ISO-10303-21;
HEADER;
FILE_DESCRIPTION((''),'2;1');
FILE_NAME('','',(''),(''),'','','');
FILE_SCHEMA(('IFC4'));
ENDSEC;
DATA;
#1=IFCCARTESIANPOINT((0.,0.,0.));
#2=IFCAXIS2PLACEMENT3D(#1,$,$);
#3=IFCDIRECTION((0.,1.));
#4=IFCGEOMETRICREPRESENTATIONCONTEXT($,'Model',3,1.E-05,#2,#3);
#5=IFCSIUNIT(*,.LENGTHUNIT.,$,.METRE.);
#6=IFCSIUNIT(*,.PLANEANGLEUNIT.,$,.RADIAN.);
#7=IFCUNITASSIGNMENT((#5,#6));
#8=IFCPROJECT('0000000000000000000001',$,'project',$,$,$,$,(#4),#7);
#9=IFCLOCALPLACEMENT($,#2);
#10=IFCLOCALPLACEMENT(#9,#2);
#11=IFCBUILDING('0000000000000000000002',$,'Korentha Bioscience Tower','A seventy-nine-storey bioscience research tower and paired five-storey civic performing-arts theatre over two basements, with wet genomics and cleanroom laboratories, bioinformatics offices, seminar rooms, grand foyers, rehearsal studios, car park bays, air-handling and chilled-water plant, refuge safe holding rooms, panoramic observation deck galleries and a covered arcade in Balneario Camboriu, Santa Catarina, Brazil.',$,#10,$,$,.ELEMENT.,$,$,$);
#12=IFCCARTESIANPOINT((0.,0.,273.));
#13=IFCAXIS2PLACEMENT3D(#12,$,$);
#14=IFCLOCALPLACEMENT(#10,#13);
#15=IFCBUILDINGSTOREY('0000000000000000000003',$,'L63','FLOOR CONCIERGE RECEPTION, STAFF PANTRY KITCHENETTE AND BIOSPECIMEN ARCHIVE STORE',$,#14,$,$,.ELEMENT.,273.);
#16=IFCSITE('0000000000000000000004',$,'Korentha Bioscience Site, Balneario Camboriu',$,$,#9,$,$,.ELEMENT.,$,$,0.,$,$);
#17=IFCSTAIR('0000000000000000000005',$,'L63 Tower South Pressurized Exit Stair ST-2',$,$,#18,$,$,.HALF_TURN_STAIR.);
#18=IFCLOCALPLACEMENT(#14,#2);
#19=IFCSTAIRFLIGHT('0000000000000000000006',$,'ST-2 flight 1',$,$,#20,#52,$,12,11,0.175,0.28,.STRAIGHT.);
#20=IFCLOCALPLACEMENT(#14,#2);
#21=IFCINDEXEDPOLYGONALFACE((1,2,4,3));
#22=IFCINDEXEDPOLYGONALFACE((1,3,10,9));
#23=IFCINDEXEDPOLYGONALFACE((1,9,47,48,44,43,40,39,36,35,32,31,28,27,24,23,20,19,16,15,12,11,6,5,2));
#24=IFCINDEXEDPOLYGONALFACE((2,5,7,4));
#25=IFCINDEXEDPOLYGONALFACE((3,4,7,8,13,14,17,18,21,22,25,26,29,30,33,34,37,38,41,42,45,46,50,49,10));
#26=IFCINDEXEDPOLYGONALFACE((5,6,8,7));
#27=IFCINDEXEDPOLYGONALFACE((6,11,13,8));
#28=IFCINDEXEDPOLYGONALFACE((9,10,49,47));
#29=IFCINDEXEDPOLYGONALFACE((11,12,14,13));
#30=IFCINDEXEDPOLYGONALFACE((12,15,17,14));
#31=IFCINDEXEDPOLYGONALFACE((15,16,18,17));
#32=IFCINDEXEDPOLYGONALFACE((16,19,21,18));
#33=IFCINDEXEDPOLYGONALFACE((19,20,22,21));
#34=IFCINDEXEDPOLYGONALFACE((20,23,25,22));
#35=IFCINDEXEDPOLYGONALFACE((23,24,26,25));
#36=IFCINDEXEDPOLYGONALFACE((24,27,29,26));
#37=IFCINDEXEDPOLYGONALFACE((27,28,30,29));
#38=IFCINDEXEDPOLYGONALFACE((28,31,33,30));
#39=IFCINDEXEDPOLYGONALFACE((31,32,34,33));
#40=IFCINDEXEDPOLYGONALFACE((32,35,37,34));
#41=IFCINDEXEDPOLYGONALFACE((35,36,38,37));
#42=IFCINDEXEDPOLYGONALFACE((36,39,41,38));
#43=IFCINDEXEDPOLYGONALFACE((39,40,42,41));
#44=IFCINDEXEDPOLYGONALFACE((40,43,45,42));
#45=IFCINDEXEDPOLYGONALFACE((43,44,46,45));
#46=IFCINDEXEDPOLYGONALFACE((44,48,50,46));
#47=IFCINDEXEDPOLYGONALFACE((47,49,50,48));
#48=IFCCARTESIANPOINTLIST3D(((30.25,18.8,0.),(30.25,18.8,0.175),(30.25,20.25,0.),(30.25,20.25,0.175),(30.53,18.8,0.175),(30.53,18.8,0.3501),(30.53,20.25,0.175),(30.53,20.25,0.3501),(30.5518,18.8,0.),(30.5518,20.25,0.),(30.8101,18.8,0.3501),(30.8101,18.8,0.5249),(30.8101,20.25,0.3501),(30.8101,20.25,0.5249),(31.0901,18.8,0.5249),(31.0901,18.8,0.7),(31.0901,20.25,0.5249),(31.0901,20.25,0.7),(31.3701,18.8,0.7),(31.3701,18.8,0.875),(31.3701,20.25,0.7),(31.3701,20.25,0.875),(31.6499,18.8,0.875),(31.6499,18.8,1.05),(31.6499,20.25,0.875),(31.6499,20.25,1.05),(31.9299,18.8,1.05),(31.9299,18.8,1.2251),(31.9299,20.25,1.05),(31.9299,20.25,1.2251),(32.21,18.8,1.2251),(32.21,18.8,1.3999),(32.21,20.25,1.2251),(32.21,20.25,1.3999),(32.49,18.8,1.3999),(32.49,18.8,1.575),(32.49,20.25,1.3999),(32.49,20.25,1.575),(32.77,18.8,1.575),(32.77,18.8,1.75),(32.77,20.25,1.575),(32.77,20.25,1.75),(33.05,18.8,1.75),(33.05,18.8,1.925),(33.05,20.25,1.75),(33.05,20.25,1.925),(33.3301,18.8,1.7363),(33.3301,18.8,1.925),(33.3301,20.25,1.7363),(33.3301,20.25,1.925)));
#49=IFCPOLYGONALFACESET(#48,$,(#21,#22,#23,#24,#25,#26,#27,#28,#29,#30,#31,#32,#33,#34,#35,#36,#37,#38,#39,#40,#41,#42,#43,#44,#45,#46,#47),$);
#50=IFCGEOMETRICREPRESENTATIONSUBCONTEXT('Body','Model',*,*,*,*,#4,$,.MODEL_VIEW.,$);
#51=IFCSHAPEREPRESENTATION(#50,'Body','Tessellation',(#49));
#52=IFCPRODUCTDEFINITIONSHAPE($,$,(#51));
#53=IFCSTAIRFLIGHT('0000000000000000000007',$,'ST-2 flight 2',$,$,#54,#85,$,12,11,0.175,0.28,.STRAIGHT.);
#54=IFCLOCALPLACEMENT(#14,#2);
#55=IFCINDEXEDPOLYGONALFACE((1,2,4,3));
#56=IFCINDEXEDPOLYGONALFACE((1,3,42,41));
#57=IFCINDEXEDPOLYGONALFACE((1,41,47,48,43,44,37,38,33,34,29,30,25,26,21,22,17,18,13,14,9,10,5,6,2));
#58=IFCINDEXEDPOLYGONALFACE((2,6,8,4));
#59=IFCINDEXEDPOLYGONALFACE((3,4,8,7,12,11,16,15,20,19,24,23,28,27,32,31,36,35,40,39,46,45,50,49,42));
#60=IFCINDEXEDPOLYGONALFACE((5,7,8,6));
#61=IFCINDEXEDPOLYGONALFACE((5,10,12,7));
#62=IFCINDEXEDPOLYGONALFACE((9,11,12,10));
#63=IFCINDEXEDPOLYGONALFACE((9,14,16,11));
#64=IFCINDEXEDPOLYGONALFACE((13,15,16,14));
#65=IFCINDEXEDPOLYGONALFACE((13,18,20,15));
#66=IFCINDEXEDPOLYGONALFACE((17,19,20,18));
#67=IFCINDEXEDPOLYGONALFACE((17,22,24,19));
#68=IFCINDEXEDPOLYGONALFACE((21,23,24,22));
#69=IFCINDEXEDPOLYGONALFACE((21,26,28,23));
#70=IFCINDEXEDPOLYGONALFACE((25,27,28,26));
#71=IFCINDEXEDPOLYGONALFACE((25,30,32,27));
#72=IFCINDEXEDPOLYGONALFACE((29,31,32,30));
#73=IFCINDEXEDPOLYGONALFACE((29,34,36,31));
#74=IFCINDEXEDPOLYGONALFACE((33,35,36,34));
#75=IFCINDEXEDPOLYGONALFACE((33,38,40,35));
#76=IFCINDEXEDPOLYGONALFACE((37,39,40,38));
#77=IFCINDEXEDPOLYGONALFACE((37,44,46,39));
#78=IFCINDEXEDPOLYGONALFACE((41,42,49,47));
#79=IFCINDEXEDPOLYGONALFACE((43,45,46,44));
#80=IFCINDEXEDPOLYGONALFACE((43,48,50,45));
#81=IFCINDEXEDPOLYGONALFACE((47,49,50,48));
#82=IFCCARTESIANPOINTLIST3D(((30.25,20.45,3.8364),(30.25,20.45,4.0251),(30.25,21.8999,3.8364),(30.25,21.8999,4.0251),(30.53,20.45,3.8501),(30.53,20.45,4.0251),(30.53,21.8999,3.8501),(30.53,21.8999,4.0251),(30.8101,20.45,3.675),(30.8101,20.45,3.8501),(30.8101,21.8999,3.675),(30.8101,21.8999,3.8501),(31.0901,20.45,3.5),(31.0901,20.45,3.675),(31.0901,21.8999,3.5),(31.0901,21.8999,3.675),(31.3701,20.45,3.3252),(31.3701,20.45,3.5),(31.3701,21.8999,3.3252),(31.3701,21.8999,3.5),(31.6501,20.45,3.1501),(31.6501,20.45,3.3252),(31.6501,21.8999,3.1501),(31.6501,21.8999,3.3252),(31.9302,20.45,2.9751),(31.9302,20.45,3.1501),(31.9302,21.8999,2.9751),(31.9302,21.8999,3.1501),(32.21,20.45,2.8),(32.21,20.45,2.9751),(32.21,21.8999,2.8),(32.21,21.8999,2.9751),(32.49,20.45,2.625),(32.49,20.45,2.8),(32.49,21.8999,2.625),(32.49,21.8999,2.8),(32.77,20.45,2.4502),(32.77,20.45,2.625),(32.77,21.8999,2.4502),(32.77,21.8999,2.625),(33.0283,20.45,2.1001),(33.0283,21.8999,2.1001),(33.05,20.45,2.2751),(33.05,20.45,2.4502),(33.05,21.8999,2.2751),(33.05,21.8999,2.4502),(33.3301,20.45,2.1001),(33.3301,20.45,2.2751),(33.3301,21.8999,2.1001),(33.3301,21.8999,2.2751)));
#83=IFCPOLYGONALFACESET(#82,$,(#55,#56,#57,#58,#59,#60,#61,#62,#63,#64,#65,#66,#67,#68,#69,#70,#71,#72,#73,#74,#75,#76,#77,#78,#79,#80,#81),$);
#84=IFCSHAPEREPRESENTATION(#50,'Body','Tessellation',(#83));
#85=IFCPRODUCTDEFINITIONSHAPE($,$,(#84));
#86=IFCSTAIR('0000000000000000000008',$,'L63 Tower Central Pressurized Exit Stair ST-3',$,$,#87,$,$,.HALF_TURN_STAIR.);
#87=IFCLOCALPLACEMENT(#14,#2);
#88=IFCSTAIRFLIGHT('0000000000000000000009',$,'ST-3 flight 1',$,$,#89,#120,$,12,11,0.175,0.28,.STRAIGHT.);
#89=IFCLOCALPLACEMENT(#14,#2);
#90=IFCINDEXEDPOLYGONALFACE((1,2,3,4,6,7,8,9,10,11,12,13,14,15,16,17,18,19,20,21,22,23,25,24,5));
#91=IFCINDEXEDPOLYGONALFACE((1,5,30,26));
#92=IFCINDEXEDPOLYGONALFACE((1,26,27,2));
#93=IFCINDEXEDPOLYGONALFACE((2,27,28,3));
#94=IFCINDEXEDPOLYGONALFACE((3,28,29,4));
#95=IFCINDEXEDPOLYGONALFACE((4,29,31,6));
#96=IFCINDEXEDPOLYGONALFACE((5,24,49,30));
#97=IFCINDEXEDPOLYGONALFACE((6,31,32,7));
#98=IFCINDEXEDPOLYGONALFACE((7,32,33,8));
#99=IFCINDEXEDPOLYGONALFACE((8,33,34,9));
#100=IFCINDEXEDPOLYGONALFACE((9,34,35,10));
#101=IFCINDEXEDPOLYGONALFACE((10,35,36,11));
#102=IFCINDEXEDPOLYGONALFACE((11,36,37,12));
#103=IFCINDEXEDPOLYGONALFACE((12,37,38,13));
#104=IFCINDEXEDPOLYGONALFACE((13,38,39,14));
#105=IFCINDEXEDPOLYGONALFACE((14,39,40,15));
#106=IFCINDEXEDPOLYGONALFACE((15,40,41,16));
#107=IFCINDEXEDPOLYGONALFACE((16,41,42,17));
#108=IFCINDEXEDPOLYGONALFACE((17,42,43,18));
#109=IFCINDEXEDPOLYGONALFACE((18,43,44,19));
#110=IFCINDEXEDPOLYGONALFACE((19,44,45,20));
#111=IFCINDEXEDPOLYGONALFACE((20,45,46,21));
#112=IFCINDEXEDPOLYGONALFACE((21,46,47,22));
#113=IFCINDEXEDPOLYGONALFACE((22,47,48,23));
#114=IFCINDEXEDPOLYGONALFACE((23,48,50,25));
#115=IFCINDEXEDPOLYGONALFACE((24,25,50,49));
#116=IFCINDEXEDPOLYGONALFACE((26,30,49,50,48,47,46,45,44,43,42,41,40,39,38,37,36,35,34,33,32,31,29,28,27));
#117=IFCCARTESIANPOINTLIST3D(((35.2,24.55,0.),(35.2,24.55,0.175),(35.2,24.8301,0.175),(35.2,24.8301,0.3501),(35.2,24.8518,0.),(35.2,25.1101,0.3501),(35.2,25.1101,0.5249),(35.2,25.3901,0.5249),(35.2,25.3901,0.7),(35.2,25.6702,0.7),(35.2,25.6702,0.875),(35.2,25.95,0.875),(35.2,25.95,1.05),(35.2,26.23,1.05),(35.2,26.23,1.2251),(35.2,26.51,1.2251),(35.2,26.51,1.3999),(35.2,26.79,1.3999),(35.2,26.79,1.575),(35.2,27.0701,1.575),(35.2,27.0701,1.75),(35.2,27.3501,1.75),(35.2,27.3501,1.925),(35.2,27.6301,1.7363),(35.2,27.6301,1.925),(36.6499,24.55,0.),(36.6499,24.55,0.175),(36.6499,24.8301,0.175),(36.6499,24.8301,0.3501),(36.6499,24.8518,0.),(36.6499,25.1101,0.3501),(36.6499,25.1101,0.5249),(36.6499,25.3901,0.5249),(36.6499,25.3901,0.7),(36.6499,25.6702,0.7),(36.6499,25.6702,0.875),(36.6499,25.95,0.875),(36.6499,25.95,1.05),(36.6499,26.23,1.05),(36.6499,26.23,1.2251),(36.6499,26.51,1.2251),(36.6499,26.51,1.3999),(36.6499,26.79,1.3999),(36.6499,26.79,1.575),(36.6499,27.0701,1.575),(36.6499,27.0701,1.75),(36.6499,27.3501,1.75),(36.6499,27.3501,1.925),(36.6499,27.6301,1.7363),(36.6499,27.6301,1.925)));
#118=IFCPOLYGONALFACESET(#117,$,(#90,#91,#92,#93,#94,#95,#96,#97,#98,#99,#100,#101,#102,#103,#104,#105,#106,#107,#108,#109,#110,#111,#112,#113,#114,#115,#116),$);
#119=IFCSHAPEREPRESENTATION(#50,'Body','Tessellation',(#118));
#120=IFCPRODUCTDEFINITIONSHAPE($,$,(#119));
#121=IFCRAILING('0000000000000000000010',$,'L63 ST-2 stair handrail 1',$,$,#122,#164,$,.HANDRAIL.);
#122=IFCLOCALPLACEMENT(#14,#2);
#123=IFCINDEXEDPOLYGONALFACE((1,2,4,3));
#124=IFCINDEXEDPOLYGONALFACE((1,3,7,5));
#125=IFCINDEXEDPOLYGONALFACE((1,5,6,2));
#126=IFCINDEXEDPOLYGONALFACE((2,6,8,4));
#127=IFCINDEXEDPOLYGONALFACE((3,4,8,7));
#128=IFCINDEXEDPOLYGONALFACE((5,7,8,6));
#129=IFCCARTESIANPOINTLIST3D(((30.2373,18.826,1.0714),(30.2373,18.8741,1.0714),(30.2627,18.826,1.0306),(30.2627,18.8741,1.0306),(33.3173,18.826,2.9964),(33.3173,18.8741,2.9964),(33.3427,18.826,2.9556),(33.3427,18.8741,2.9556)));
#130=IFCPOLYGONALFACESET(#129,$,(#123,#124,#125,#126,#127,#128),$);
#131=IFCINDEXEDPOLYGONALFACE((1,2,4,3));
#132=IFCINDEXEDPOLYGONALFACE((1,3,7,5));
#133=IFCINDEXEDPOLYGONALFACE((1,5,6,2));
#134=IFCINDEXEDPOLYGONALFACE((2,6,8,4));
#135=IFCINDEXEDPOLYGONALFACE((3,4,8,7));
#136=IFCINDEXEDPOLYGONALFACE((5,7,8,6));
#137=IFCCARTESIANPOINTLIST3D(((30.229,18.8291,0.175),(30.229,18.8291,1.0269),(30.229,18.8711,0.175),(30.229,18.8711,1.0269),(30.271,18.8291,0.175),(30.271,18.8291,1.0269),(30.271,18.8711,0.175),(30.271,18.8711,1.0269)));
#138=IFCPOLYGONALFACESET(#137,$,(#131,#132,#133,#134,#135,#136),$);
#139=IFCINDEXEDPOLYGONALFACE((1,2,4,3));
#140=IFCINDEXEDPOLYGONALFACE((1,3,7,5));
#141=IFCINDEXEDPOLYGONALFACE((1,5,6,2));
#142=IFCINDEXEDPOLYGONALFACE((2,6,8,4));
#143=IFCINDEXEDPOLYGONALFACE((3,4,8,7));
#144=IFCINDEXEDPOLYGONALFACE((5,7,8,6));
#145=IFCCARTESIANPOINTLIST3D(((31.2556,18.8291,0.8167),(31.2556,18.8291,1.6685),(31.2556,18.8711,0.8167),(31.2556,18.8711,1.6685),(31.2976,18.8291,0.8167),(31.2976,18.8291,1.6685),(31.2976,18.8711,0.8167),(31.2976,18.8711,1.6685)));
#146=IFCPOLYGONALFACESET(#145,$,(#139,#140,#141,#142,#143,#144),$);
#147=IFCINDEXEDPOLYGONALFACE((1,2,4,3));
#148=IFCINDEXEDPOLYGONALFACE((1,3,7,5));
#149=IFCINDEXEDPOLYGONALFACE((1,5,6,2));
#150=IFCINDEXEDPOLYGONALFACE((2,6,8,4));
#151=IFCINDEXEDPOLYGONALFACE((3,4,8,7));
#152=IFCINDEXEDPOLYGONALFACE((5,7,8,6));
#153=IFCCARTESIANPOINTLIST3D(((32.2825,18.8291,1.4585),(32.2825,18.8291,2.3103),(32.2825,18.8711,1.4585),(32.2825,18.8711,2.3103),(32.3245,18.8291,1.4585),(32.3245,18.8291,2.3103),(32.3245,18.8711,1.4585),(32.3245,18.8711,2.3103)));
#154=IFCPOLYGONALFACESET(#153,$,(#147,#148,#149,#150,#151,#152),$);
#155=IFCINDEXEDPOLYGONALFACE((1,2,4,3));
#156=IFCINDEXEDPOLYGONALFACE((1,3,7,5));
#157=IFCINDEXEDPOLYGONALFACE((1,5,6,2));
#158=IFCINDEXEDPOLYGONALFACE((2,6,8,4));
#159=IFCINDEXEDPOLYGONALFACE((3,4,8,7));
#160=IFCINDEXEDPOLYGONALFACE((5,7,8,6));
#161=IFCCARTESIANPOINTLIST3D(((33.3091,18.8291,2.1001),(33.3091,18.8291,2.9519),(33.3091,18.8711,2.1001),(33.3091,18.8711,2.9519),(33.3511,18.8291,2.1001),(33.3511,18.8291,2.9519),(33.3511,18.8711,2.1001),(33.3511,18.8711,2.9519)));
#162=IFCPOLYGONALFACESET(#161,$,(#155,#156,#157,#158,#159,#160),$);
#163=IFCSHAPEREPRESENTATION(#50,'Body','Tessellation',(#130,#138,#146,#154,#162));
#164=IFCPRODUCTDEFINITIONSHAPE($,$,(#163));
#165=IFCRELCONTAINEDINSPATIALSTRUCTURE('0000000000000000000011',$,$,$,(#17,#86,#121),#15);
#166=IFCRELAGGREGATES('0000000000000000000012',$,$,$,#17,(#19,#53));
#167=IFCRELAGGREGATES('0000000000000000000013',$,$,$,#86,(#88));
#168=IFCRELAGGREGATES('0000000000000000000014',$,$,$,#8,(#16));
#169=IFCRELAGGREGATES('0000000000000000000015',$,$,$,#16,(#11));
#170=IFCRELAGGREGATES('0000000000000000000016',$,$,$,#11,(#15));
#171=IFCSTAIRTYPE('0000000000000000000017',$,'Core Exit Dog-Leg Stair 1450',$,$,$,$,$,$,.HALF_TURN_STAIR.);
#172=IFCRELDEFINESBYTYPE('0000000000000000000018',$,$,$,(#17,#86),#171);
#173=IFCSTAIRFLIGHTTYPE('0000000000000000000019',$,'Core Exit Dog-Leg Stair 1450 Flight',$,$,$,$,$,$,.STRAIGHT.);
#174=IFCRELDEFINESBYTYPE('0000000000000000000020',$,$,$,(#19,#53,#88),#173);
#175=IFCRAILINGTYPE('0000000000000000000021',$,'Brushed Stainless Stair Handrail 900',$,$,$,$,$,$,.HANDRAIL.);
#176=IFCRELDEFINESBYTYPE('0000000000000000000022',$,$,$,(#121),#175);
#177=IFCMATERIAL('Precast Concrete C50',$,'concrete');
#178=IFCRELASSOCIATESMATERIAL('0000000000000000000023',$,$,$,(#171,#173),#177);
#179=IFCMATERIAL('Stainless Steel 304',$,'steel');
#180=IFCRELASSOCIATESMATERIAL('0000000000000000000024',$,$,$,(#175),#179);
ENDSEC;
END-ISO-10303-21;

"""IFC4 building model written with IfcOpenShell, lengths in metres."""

from ifc_helpers import new_model, si_unit, direction, frame, origin, origin_2d, place, context, subcontext, project, spatial, polyline, rectangle, outline, extrude, material, type_object, element, aggregate, save


model = new_model("IFC4")

# Units and contexts
model_context = context("Model", 3, precision=1e-05, world=origin(), true_north=direction((0.0, 1.0)))
body_context = subcontext(model_context, "Body", "Model", "MODEL_VIEW")
ifc_project = project(units=[si_unit("LENGTHUNIT", "METRE"), si_unit("PLANEANGLEUNIT", "RADIAN")], contexts=[model_context])

# Site, building, storey
site_placement = place(None, origin())
site = spatial("IfcSite", under=ifc_project, at=site_placement, Name="Korentha Bioscience Site, Balneario Camboriu", CompositionType="ELEMENT", RefElevation=0.0)
building_placement = place(site_placement, origin())
building = spatial("IfcBuilding", under=site, at=building_placement, Name="Korentha Bioscience Tower", Description="A seventy-nine-storey bioscience research tower and paired five-storey civic performing-arts theatre over two basements, with wet genomics and cleanroom laboratories, bioinformatics offices, seminar rooms, grand foyers, rehearsal studios, car park bays, air-handling and chilled-water plant, refuge safe holding rooms, panoramic observation deck galleries and a covered arcade in Balneario Camboriu, Santa Catarina, Brazil.", CompositionType="ELEMENT")
storey_placement = place(building_placement, frame((0.0, 0.0, 273.0)))
storey = spatial("IfcBuildingStorey", under=building, at=storey_placement, Name="L63", Description="FLOOR CONCIERGE RECEPTION, STAFF PANTRY KITCHENETTE AND BIOSPECIMEN ARCHIVE STORE", CompositionType="ELEMENT", Elevation=273.0)

# Stair, stair flights
ifc_material_1 = material(Name="Precast Concrete C50", Category="concrete")
stair_type = type_object("IfcStairType", Name="Core Exit Dog-Leg Stair 1450", PredefinedType="HALF_TURN_STAIR", material=ifc_material_1)
stair_1_placement = place(storey_placement, origin())
stair_1 = element("IfcStair", 1, at=stair_1_placement, inside=storey, type_object=stair_type, Name="L63 Tower South Pressurized Exit Stair ST-2", PredefinedType="HALF_TURN_STAIR")
stair_flight_type = type_object("IfcStairFlightType", Name="Core Exit Dog-Leg Stair 1450 Flight", PredefinedType="STRAIGHT", material=ifc_material_1)
stair_flight_1_placement = place(storey_placement, frame((30.25, 19.5249, 0.0), z_axis=(0.0, 0.0, 1.0), x_axis=(1.0, 0.0, 0.0)))
stair_flight_1 = element("IfcStairFlight", 2, at=stair_flight_1_placement, type_object=stair_flight_type, Name="ST-2 flight 1", NumberOfRisers=12, NumberOfTreads=11, PredefinedType="STRAIGHT", RiserHeight=0.175, TreadLength=0.28, context=body_context, shape_type="SweptSolid", body=[
    extrude(outline(polyline([(0.0, 0.0), (0.0, 0.175), (0.28, 0.175), (0.28, 0.3501), (0.5601, 0.3501), (0.5601, 0.5249), (0.8401, 0.5249), (0.8401, 0.7), (1.1201, 0.7), (1.1201, 0.875), (1.3999, 0.875), (1.3999, 1.05), (1.6799, 1.05), (1.6799, 1.2251), (1.96, 1.2251), (1.96, 1.3999), (2.24, 1.3999), (2.24, 1.575), (2.52, 1.575), (2.52, 1.75), (2.8, 1.75), (2.8, 1.925), (3.0801, 1.925), (3.0801, 2.1001), (3.0801, 1.7363), (0.3018, 0.0), (0.0, 0.0)])), frame((0.0, 0.7251, 0.0), z_axis=(0.0, -1.0, 0.0), x_axis=(1.0, 0.0, 0.0)), (0.0, 0.0, 1.0), 1.45),
])
stair_flight_2_placement = place(storey_placement, frame((33.3301, 21.175, 2.1001), z_axis=(0.0, 0.0, 1.0), x_axis=(-1.0, 0.0, 0.0)))
stair_flight_2 = element("IfcStairFlight", 3, at=stair_flight_2_placement, type_object=stair_flight_type, Name="ST-2 flight 2", NumberOfRisers=12, NumberOfTreads=11, PredefinedType="STRAIGHT", RiserHeight=0.175, TreadLength=0.28, context=body_context, shape_type="SweptSolid", body=[
    extrude(outline(polyline([(0.0, 0.0), (0.0, 0.175), (0.28, 0.175), (0.28, 0.3501), (0.5601, 0.3501), (0.5601, 0.5249), (0.8401, 0.5249), (0.8401, 0.7), (1.1201, 0.7), (1.1201, 0.875), (1.3999, 0.875), (1.3999, 1.05), (1.6799, 1.05), (1.6799, 1.2251), (1.96, 1.2251), (1.96, 1.3999), (2.24, 1.3999), (2.24, 1.575), (2.52, 1.575), (2.52, 1.75), (2.8, 1.75), (2.8, 1.925), (3.0801, 1.925), (3.0801, 2.1001), (3.0801, 1.7363), (0.3018, 0.0), (0.0, 0.0)])), frame((0.0, 0.7251, 0.0), z_axis=(0.0, -1.0, 0.0), x_axis=(1.0, 0.0, 0.0)), (0.0, 0.0, 1.0), 1.45),
])
aggregate(stair_1, [stair_flight_1, stair_flight_2])

# Stair, stair flight
stair_2_placement = place(storey_placement, origin())
stair_2 = element("IfcStair", 4, at=stair_2_placement, inside=storey, type_object=stair_type, Name="L63 Tower Central Pressurized Exit Stair ST-3", PredefinedType="HALF_TURN_STAIR")
stair_flight_3_placement = place(storey_placement, frame((35.925, 24.55, 0.0), z_axis=(0.0, 0.0, 1.0), x_axis=(0.0, 1.0, 0.0)))
stair_flight_3 = element("IfcStairFlight", 5, at=stair_flight_3_placement, type_object=stair_flight_type, Name="ST-3 flight 1", NumberOfRisers=12, NumberOfTreads=11, PredefinedType="STRAIGHT", RiserHeight=0.175, TreadLength=0.28, context=body_context, shape_type="SweptSolid", body=[
    extrude(outline(polyline([(0.0, 0.0), (0.0, 0.175), (0.28, 0.175), (0.28, 0.3501), (0.5601, 0.3501), (0.5601, 0.5249), (0.8401, 0.5249), (0.8401, 0.7), (1.1201, 0.7), (1.1201, 0.875), (1.3999, 0.875), (1.3999, 1.05), (1.6799, 1.05), (1.6799, 1.2251), (1.96, 1.2251), (1.96, 1.3999), (2.24, 1.3999), (2.24, 1.575), (2.52, 1.575), (2.52, 1.75), (2.8, 1.75), (2.8, 1.925), (3.0801, 1.925), (3.0801, 2.1001), (3.0801, 1.7363), (0.3018, 0.0), (0.0, 0.0)])), frame((0.0, 0.7251, 0.0), z_axis=(0.0, -1.0, 0.0), x_axis=(1.0, 0.0, 0.0)), (0.0, 0.0, 1.0), 1.45),
])
aggregate(stair_2, [stair_flight_3])

# Railing
ifc_material_2 = material(Name="Stainless Steel 304", Category="steel")
railing_type_1 = type_object("IfcRailingType", Name="Brushed Stainless Stair Handrail 900", PredefinedType="HANDRAIL", material=ifc_material_2)
railing_1_placement = place(storey_placement, frame((30.25, 18.8501, 0.175)))
element("IfcRailing", 6, at=railing_1_placement, inside=storey, type_object=railing_type_1, Name="L63 ST-2 stair handrail 1", PredefinedType="HANDRAIL", context=body_context, shape_type="SweptSolid", body=[
    extrude(rectangle(XDim=0.0481, YDim=0.0481, at=origin_2d()), frame((0.0, 0.0, 0.876), z_axis=(0.847998, 0.0, 0.529999), x_axis=(0.0, 1.0, 0.0)), (0.0, 0.0, 1.0), 3.6321),
    extrude(rectangle(XDim=0.042, YDim=0.042, at=origin_2d()), origin(), (0.0, 0.0, 1.0), 0.8518),
    extrude(rectangle(XDim=0.042, YDim=0.042, at=origin_2d()), frame((1.0266, 0.0, 0.6416)), (0.0, 0.0, 1.0), 0.8518),
    extrude(rectangle(XDim=0.042, YDim=0.042, at=origin_2d()), frame((2.0535, 0.0, 1.2834)), (0.0, 0.0, 1.0), 0.8518),
    extrude(rectangle(XDim=0.042, YDim=0.042, at=origin_2d()), frame((3.0801, 0.0, 1.925)), (0.0, 0.0, 1.0), 0.8518),
])

save(model, "model.ifc")
